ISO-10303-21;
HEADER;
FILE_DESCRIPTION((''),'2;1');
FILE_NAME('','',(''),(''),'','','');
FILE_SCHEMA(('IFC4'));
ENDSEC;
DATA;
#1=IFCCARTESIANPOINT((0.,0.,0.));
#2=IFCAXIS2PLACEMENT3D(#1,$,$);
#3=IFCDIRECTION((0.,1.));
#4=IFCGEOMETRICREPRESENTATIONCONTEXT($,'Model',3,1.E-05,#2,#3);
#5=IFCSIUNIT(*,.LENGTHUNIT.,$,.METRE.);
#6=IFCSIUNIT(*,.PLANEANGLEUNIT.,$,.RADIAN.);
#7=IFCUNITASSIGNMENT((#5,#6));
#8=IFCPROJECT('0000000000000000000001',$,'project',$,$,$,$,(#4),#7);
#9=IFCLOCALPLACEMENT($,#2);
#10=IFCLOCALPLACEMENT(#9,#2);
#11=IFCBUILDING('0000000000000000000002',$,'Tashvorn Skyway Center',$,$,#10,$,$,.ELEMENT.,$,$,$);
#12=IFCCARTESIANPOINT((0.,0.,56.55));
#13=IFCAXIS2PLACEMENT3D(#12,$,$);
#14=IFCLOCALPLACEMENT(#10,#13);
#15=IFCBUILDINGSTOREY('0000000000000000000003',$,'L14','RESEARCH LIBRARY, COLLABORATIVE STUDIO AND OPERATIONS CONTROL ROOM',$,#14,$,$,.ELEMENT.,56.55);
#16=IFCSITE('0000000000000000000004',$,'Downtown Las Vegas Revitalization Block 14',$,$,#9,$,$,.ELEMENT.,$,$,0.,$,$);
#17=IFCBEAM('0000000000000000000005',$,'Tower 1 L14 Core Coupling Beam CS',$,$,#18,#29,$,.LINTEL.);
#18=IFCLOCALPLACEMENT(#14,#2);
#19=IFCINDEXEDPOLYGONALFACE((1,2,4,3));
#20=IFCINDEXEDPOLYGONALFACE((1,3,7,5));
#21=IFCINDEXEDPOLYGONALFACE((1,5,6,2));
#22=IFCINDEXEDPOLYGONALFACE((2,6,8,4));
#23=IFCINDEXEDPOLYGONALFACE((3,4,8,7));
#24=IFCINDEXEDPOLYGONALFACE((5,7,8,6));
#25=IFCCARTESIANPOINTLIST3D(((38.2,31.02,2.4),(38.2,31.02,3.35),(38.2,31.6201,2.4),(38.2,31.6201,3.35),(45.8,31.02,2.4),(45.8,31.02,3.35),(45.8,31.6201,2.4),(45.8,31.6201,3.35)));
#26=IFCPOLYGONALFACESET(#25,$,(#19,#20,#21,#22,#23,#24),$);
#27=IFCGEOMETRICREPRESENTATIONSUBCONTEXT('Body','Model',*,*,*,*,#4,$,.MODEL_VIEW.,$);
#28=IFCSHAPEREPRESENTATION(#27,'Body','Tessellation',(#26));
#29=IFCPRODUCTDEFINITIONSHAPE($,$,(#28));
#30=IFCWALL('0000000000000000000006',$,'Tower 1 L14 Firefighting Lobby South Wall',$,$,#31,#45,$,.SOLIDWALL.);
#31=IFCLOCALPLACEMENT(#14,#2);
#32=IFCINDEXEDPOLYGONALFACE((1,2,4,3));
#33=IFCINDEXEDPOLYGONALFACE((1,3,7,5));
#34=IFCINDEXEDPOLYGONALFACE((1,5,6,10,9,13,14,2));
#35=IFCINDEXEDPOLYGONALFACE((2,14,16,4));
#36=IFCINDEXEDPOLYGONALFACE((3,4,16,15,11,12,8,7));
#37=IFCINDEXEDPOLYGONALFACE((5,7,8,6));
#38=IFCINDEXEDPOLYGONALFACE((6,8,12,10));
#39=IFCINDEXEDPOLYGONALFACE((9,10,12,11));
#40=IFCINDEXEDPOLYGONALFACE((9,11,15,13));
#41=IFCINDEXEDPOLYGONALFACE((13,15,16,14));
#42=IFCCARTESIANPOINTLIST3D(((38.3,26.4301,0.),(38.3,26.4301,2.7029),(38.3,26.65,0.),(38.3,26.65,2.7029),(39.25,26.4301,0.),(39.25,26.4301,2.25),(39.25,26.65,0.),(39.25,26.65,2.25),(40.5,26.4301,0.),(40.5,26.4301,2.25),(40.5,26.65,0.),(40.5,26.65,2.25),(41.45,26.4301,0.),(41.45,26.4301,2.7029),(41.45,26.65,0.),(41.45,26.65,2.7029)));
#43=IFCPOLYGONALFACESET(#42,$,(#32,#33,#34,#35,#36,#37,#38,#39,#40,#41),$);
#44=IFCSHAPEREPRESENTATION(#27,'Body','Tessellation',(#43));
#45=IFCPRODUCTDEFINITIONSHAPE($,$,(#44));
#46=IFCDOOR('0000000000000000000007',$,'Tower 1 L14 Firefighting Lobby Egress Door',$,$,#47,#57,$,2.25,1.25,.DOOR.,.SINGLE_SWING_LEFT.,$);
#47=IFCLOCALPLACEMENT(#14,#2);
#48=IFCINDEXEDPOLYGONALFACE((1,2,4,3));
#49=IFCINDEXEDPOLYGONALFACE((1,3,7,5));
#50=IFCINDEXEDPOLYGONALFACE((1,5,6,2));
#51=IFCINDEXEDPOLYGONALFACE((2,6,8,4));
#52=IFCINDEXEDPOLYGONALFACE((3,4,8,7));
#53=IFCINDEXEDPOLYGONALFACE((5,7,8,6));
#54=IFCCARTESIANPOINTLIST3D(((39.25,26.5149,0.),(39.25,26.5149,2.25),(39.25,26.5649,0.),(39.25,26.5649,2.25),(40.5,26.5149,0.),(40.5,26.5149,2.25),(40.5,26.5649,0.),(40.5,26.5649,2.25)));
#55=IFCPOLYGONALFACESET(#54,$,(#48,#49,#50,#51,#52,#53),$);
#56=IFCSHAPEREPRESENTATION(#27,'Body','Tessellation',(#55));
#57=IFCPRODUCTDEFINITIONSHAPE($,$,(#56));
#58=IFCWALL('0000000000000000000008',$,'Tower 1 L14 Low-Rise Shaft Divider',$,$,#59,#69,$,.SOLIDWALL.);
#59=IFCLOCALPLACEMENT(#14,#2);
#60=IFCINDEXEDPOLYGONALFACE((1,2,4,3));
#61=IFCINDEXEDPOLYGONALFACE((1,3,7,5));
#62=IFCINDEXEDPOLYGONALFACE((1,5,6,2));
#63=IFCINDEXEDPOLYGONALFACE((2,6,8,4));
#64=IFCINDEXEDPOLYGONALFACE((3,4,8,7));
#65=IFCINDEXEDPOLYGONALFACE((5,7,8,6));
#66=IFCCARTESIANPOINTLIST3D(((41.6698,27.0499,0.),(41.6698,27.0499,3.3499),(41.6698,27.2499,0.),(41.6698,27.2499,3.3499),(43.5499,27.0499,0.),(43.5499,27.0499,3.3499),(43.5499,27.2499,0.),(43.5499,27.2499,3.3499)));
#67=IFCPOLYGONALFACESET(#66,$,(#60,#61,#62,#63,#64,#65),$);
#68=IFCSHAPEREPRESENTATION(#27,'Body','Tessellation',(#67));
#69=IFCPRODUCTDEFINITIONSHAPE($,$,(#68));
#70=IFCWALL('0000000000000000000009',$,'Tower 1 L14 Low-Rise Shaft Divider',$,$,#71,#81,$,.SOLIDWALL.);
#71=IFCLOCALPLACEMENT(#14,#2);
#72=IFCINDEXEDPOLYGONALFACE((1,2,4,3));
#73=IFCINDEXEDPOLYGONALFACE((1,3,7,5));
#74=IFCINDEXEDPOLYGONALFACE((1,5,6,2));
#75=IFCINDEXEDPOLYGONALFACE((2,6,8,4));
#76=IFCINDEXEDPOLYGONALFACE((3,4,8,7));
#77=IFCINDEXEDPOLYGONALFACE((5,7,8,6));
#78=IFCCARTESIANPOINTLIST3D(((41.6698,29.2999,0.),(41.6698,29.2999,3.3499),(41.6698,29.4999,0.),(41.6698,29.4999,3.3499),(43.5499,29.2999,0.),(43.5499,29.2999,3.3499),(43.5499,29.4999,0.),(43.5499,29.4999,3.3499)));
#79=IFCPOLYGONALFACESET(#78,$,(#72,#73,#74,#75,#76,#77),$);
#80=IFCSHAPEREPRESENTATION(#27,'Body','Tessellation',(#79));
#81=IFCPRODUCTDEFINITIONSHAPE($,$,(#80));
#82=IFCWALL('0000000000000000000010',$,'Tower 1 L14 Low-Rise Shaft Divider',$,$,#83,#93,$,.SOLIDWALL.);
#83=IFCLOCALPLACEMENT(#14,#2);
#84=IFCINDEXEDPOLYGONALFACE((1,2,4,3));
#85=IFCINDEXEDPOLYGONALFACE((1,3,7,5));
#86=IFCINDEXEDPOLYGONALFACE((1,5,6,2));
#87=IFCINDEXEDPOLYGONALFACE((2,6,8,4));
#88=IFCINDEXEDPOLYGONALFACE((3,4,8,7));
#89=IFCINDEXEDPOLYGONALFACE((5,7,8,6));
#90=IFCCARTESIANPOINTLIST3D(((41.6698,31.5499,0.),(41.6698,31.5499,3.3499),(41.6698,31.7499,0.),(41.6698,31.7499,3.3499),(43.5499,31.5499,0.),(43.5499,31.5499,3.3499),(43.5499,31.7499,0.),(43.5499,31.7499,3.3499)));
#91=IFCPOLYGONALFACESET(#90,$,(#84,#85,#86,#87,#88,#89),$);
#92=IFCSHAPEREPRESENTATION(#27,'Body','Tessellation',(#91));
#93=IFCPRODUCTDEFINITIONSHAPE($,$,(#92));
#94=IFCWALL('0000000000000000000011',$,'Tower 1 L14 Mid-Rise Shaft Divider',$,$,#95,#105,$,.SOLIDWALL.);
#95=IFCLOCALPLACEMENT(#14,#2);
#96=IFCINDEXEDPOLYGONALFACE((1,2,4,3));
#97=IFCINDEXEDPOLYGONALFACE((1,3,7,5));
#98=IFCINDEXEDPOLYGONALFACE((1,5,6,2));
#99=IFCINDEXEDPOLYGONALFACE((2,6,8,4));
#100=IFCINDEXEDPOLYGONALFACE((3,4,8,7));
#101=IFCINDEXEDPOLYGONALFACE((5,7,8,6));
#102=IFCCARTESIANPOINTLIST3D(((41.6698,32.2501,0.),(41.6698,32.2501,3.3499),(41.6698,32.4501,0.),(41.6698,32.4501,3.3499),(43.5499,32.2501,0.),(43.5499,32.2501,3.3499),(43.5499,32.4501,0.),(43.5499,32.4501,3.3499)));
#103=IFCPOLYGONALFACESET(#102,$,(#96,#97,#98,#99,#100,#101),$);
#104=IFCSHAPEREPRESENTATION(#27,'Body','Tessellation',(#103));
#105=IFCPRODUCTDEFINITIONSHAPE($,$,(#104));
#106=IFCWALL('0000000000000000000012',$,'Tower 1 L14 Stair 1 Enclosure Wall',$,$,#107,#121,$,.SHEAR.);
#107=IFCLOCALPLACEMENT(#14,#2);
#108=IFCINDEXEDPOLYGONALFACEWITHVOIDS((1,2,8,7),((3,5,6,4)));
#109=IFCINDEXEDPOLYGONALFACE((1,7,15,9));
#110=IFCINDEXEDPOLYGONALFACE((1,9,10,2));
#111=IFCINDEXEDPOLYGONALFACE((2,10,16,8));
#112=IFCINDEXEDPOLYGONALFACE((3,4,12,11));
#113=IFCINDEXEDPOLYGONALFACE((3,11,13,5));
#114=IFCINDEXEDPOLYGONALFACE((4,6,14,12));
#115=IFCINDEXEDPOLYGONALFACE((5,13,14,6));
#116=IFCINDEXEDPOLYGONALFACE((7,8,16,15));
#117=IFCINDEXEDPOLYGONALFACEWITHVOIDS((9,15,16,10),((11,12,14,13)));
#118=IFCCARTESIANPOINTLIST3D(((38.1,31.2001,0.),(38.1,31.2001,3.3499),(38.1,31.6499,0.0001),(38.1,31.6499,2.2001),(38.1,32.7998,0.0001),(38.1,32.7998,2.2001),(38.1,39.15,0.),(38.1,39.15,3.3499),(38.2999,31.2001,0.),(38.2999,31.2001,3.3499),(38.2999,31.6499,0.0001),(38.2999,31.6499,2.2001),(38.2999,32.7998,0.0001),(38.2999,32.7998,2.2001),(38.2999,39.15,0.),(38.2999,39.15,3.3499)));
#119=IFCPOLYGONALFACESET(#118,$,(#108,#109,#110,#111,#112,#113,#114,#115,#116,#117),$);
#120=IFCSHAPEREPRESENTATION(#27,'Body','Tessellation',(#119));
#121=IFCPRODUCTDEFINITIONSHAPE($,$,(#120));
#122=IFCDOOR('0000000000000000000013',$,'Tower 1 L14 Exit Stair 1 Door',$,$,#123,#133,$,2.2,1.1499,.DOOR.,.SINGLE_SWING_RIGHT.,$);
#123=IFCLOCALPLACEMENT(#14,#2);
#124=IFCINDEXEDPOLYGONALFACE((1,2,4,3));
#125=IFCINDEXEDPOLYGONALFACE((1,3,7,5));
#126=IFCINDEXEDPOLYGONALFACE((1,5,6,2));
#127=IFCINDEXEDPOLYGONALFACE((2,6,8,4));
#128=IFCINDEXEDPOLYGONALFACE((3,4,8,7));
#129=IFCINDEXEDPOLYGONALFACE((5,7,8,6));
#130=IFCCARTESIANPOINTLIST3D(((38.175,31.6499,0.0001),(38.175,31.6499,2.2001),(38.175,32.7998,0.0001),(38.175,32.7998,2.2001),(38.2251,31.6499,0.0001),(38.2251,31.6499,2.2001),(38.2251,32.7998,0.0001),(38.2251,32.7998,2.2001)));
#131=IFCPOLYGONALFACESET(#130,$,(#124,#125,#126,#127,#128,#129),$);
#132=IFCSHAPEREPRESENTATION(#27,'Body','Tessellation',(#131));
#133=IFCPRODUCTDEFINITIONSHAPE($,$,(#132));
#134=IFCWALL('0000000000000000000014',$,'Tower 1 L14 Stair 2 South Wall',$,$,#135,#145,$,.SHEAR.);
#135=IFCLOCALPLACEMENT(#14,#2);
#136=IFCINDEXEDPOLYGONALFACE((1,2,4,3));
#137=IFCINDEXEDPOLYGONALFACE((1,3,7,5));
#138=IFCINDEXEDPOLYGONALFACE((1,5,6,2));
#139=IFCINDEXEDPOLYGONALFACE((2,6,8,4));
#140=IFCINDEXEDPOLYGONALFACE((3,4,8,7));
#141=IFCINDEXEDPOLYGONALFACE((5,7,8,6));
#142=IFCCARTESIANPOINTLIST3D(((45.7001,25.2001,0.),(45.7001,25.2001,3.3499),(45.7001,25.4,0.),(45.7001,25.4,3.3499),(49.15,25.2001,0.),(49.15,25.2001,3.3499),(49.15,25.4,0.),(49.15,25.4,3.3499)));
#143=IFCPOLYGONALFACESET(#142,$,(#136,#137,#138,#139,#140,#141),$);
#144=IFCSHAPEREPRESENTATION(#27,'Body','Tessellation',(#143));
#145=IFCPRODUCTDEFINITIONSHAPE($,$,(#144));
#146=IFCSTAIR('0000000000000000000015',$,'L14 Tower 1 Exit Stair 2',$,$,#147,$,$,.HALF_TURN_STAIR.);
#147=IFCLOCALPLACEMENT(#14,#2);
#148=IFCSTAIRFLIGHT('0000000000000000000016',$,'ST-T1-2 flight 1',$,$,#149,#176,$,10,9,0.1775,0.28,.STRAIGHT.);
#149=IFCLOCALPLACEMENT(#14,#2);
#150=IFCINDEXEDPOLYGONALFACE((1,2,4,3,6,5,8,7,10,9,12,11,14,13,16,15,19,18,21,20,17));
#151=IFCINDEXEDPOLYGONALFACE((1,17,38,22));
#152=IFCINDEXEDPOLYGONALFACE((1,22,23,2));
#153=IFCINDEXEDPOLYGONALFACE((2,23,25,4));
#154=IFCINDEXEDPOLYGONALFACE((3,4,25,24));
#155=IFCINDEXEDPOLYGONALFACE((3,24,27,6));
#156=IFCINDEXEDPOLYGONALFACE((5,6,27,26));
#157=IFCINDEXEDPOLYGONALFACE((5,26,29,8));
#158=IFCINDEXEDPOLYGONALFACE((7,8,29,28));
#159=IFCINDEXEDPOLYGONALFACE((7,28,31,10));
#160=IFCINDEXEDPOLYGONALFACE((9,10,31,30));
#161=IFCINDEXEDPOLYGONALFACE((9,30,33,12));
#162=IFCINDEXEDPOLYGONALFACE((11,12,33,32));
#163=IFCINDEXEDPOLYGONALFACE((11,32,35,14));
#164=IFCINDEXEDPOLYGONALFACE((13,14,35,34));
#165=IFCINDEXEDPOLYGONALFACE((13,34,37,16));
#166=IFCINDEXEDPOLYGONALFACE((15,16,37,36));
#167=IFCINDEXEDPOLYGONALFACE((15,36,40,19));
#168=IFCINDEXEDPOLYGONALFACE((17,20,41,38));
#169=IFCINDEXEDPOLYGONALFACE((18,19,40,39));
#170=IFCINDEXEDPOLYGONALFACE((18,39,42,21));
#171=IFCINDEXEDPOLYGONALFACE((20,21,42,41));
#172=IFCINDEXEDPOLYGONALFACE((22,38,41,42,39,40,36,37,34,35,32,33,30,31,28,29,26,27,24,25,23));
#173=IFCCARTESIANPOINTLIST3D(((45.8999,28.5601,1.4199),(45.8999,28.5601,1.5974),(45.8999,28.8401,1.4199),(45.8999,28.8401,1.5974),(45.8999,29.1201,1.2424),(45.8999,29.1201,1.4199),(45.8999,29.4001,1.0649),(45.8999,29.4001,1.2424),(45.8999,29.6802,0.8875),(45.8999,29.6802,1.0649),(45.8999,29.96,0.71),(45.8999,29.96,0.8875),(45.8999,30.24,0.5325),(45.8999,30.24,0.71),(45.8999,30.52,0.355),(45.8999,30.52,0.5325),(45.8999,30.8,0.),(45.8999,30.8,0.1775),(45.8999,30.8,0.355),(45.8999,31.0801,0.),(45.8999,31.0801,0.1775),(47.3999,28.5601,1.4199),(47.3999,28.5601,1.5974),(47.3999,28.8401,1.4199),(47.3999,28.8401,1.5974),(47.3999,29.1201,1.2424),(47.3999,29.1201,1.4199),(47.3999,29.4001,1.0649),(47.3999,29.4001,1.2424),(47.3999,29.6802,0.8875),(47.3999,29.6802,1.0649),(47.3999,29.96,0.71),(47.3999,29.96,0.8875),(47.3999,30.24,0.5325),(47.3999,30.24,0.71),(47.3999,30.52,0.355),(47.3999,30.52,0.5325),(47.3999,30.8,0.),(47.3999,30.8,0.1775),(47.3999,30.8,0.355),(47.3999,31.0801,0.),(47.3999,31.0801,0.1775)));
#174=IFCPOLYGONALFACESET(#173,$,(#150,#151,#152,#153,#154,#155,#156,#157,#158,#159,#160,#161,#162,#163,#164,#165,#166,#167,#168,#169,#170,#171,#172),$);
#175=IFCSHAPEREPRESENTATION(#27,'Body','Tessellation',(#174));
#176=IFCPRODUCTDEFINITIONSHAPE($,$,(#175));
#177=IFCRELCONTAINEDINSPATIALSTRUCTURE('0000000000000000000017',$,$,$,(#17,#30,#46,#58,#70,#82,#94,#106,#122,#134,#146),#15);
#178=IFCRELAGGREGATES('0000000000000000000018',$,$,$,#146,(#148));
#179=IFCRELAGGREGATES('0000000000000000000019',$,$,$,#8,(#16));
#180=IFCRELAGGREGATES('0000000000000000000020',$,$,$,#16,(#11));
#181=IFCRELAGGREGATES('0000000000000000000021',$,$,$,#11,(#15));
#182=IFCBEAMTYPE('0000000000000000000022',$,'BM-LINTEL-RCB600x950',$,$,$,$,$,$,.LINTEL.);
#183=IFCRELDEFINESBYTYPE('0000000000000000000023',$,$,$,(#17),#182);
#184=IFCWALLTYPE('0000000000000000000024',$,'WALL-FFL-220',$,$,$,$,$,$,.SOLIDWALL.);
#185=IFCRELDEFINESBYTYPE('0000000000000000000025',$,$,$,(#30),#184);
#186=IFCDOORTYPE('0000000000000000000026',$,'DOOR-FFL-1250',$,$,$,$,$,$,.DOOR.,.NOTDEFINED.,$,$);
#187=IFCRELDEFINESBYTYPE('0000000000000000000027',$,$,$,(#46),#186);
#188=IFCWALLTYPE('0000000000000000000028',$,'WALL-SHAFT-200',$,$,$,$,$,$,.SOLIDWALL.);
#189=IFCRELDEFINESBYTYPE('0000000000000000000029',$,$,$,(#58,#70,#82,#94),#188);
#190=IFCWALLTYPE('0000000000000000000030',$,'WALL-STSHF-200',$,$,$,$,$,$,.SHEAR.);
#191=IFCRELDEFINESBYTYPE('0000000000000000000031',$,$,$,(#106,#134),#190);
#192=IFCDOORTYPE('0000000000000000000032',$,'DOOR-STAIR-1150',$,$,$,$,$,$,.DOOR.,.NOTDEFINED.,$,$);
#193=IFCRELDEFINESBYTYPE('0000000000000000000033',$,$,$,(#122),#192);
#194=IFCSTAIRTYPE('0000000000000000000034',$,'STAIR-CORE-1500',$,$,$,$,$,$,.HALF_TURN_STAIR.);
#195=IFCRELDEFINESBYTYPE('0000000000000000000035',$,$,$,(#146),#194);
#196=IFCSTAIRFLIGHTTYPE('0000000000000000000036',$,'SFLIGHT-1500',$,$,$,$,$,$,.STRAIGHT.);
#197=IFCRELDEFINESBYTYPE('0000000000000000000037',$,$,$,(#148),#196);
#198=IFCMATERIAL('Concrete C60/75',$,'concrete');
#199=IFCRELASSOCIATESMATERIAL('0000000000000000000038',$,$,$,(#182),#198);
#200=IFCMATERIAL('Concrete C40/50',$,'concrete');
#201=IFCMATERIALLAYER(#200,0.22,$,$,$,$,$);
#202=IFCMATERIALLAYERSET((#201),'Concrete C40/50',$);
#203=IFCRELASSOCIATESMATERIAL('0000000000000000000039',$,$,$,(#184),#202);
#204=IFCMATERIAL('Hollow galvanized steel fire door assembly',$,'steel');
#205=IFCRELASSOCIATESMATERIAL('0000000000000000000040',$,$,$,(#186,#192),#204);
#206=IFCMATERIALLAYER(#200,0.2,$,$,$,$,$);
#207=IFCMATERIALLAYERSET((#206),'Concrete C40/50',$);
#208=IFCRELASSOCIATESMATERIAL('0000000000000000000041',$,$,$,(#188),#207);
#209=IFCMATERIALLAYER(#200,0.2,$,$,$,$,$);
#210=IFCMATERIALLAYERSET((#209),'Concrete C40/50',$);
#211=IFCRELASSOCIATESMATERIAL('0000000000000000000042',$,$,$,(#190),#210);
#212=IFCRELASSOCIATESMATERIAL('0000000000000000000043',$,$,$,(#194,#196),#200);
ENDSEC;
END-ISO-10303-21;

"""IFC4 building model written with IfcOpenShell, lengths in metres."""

from ifc_helpers import new_model, si_unit, direction, frame, frame_2d, origin, origin_2d, place, context, subcontext, project, spatial, polyline, rectangle, outline, extrude, material, layer, layer_set, material_profile, profile_set, type_object, element, fill, aggregate, save


model = new_model("IFC4")

# Units and contexts
model_context = context("Model", 3, precision=1e-05, world=origin(), true_north=direction((0.0, 1.0)))
body_context = subcontext(model_context, "Body", "Model", "MODEL_VIEW")
ifc_project = project(units=[si_unit("LENGTHUNIT", "METRE"), si_unit("PLANEANGLEUNIT", "RADIAN")], contexts=[model_context])

# Site, building, storey
site_placement = place(None, origin())
site = spatial("IfcSite", under=ifc_project, at=site_placement, Name="Downtown Las Vegas Revitalization Block 14", CompositionType="ELEMENT", RefElevation=0.0)
building_placement = place(site_placement, origin())
building = spatial("IfcBuilding", under=site, at=building_placement, Name="Tashvorn Skyway Center", CompositionType="ELEMENT")
storey_placement = place(building_placement, frame((0.0, 0.0, 56.55)))
storey = spatial("IfcBuildingStorey", under=building, at=storey_placement, Name="L14", Description="RESEARCH LIBRARY, COLLABORATIVE STUDIO AND OPERATIONS CONTROL ROOM", CompositionType="ELEMENT", Elevation=56.55)

# Beam
ifc_material_1 = material(Name="Concrete C60/75", Category="concrete")
ifc_material_profile = material_profile(ifc_material_1, rectangle(XDim=0.6001, YDim=0.95, at=origin_2d()), Name="RCB600x950")
ifc_profile_set = profile_set([ifc_material_profile], Name="Concrete C60/75")
beam_type = type_object("IfcBeamType", Name="BM-LINTEL-RCB600x950", PredefinedType="LINTEL", material=ifc_profile_set)
beam_placement = place(storey_placement, frame((38.2, 31.3201, 2.875), z_axis=(1.0, 0.0, 0.0), x_axis=(0.0, 1.0, 0.0)))
element("IfcBeam", 1, at=beam_placement, inside=storey, type_object=beam_type, Name="Tower 1 L14 Core Coupling Beam CS", PredefinedType="LINTEL", context=body_context, shape_type="SweptSolid", body=[
    extrude(rectangle(XDim=0.6001, YDim=0.95, at=origin_2d()), origin(), (0.0, 0.0, 1.0), 7.6001),
])

# Wall, opening, door
ifc_material_2 = material(Name="Concrete C40/50", Category="concrete")
ifc_layer_1 = layer(ifc_material_2, 0.22)
ifc_layer_set_1 = layer_set([ifc_layer_1], Name="Concrete C40/50")
wall_type_1 = type_object("IfcWallType", Name="WALL-FFL-220", PredefinedType="SOLIDWALL", material=ifc_layer_set_1)
wall_1_placement = place(storey_placement, frame((38.3, 26.54, 0.0), z_axis=(0.0, 0.0, 1.0), x_axis=(1.0, 0.0, 0.0)))
wall_1 = element("IfcWall", 2, at=wall_1_placement, inside=storey, type_object=wall_type_1, Name="Tower 1 L14 Firefighting Lobby South Wall", PredefinedType="SOLIDWALL", context=body_context, shape_type="SweptSolid", body=[
    extrude(rectangle(XDim=3.1499, YDim=0.22, at=frame_2d((1.575, 0.0))), origin(), (0.0, 0.0, 1.0), 2.7029),
])
opening_1_placement = place(wall_1_placement, frame((0.95, 0.0, 0.0)))
opening_1 = element("IfcOpeningElement", 3, at=opening_1_placement, cuts=wall_1, PredefinedType="OPENING", context=body_context, shape_type="SweptSolid", body=[
    extrude(rectangle(XDim=1.25, YDim=2.25, at=frame_2d((0.625, 1.125))), frame((0.0, 0.1199, 0.0), z_axis=(0.0, -1.0, 0.0), x_axis=(1.0, 0.0, 0.0)), (0.0, 0.0, 1.0), 0.24),
])
ifc_material_3 = material(Name="Hollow galvanized steel fire door assembly", Category="steel")
door_type_1 = type_object("IfcDoorType", Name="DOOR-FFL-1250", OperationType="NOTDEFINED", PredefinedType="DOOR", material=ifc_material_3)
door_1_placement = place(opening_1_placement, origin())
door_1 = element("IfcDoor", 4, at=door_1_placement, inside=storey, type_object=door_type_1, Name="Tower 1 L14 Firefighting Lobby Egress Door", OperationType="SINGLE_SWING_LEFT", OverallHeight=2.25, OverallWidth=1.25, PredefinedType="DOOR", context=body_context, shape_type="SweptSolid", body=[
    extrude(rectangle(XDim=1.25, YDim=2.25, at=frame_2d((0.625, 1.125))), frame((0.0, 0.0249, 0.0), z_axis=(0.0, -1.0, 0.0), x_axis=(1.0, 0.0, 0.0)), (0.0, 0.0, 1.0), 0.05),
])
fill(opening_1, door_1)

# Walls
ifc_layer_2 = layer(ifc_material_2, 0.2)
ifc_layer_set_2 = layer_set([ifc_layer_2], Name="Concrete C40/50")
wall_type_2 = type_object("IfcWallType", Name="WALL-SHAFT-200", PredefinedType="SOLIDWALL", material=ifc_layer_set_2)
for number, where, z_axis, x_axis, name in (
    (5, (41.6699, 27.1499, 0.0), (0.0, 0.0, 1.0), (1.0, 0.0, 0.0), "Tower 1 L14 Low-Rise Shaft Divider"),
    (6, (41.6699, 29.3999, 0.0), (0.0, 0.0, 1.0), (1.0, 0.0, 0.0), "Tower 1 L14 Low-Rise Shaft Divider"),
    (7, (41.6699, 31.6499, 0.0), (0.0, 0.0, 1.0), (1.0, 0.0, 0.0), "Tower 1 L14 Low-Rise Shaft Divider"),
    (8, (41.6699, 32.3501, 0.0), (0.0, 0.0, 1.0), (1.0, 0.0, 0.0), "Tower 1 L14 Mid-Rise Shaft Divider"),
):
    element("IfcWall", number, at=place(storey_placement, frame(where, z_axis=z_axis, x_axis=x_axis)), inside=storey, type_object=wall_type_2, Name=name, PredefinedType="SOLIDWALL", context=body_context, shape_type="SweptSolid", body=[
        extrude(rectangle(XDim=1.8801, YDim=0.2, at=frame_2d((0.9399, 0.0))), origin(), (0.0, 0.0, 1.0), 3.3499),
    ])

# Wall, opening, door
ifc_layer_3 = layer(ifc_material_2, 0.2)
ifc_layer_set_3 = layer_set([ifc_layer_3], Name="Concrete C40/50")
wall_type_3 = type_object("IfcWallType", Name="WALL-STSHF-200", PredefinedType="SHEAR", material=ifc_layer_set_3)
wall_2_placement = place(storey_placement, frame((38.2, 31.2, 0.0), z_axis=(0.0, 0.0, 1.0), x_axis=(0.0, 1.0, 0.0)))
wall_2 = element("IfcWall", 9, at=wall_2_placement, inside=storey, type_object=wall_type_3, Name="Tower 1 L14 Stair 1 Enclosure Wall", PredefinedType="SHEAR", context=body_context, shape_type="SweptSolid", body=[
    extrude(rectangle(XDim=7.95, YDim=0.2, at=frame_2d((3.9751, 0.0))), origin(), (0.0, 0.0, 1.0), 3.3499),
])
opening_2_placement = place(wall_2_placement, frame((0.45, 0.0, 0.0)))
opening_2 = element("IfcOpeningElement", 10, at=opening_2_placement, cuts=wall_2, PredefinedType="OPENING", context=body_context, shape_type="SweptSolid", body=[
    extrude(rectangle(XDim=1.1499, YDim=2.2, at=frame_2d((0.575, 1.1001))), frame((0.0, 0.1099, 0.0), z_axis=(0.0, -1.0, 0.0), x_axis=(1.0, 0.0, 0.0)), (0.0, 0.0, 1.0), 0.22),
])
door_type_2 = type_object("IfcDoorType", Name="DOOR-STAIR-1150", OperationType="NOTDEFINED", PredefinedType="DOOR", material=ifc_material_3)
door_2_placement = place(opening_2_placement, origin())
door_2 = element("IfcDoor", 11, at=door_2_placement, inside=storey, type_object=door_type_2, Name="Tower 1 L14 Exit Stair 1 Door", OperationType="SINGLE_SWING_RIGHT", OverallHeight=2.2, OverallWidth=1.1499, PredefinedType="DOOR", context=body_context, shape_type="SweptSolid", body=[
    extrude(rectangle(XDim=1.1499, YDim=2.2, at=frame_2d((0.575, 1.1001))), frame((0.0, 0.0249, 0.0), z_axis=(0.0, -1.0, 0.0), x_axis=(1.0, 0.0, 0.0)), (0.0, 0.0, 1.0), 0.05),
])
fill(opening_2, door_2)

# Wall
wall_3_placement = place(storey_placement, frame((45.7, 25.3, 0.0), z_axis=(0.0, 0.0, 1.0), x_axis=(1.0, 0.0, 0.0)))
element("IfcWall", 12, at=wall_3_placement, inside=storey, type_object=wall_type_3, Name="Tower 1 L14 Stair 2 South Wall", PredefinedType="SHEAR", context=body_context, shape_type="SweptSolid", body=[
    extrude(rectangle(XDim=3.45, YDim=0.2, at=frame_2d((1.7251, 0.0))), origin(), (0.0, 0.0, 1.0), 3.3499),
])

# Stair, stair flight
stair_type = type_object("IfcStairType", Name="STAIR-CORE-1500", PredefinedType="HALF_TURN_STAIR", material=ifc_material_2)
stair_placement = place(storey_placement, origin())
stair = element("IfcStair", 13, at=stair_placement, inside=storey, type_object=stair_type, Name="L14 Tower 1 Exit Stair 2", PredefinedType="HALF_TURN_STAIR")
stair_flight_type = type_object("IfcStairFlightType", Name="SFLIGHT-1500", PredefinedType="STRAIGHT", material=ifc_material_2)
stair_flight_1_placement = place(storey_placement, frame((46.6499, 31.0801, 0.0), z_axis=(0.0, 0.0, 1.0), x_axis=(0.0, -1.0, 0.0)))
stair_flight_1 = element("IfcStairFlight", 14, at=stair_flight_1_placement, type_object=stair_flight_type, Name="ST-T1-2 flight 1", NumberOfRisers=10, NumberOfTreads=9, PredefinedType="STRAIGHT", RiserHeight=0.1775, TreadLength=0.28, context=body_context, shape_type="SweptSolid", body=[
    extrude(outline(polyline([(0.0, 0.0), (0.0, 0.1775), (0.28, 0.1775), (0.28, 0.355), (0.5601, 0.355), (0.5601, 0.5325), (0.8401, 0.5325), (0.8401, 0.71), (1.1201, 0.71), (1.1201, 0.8875), (1.3999, 0.8875), (1.3999, 1.0649), (1.6799, 1.0649), (1.6799, 1.2424), (1.96, 1.2424), (1.96, 1.4199), (2.24, 1.4199), (2.24, 1.5974), (2.52, 1.5974), (2.52, 1.7749), (2.52, 1.4199), (0.28, 0.0), (0.0, 0.0)])), frame((0.0, 0.75, 0.0), z_axis=(0.0, -1.0, 0.0), x_axis=(1.0, 0.0, 0.0)), (0.0, 0.0, 1.0), 1.5),
])
aggregate(stair, [stair_flight_1])

save(model, "model.ifc")
